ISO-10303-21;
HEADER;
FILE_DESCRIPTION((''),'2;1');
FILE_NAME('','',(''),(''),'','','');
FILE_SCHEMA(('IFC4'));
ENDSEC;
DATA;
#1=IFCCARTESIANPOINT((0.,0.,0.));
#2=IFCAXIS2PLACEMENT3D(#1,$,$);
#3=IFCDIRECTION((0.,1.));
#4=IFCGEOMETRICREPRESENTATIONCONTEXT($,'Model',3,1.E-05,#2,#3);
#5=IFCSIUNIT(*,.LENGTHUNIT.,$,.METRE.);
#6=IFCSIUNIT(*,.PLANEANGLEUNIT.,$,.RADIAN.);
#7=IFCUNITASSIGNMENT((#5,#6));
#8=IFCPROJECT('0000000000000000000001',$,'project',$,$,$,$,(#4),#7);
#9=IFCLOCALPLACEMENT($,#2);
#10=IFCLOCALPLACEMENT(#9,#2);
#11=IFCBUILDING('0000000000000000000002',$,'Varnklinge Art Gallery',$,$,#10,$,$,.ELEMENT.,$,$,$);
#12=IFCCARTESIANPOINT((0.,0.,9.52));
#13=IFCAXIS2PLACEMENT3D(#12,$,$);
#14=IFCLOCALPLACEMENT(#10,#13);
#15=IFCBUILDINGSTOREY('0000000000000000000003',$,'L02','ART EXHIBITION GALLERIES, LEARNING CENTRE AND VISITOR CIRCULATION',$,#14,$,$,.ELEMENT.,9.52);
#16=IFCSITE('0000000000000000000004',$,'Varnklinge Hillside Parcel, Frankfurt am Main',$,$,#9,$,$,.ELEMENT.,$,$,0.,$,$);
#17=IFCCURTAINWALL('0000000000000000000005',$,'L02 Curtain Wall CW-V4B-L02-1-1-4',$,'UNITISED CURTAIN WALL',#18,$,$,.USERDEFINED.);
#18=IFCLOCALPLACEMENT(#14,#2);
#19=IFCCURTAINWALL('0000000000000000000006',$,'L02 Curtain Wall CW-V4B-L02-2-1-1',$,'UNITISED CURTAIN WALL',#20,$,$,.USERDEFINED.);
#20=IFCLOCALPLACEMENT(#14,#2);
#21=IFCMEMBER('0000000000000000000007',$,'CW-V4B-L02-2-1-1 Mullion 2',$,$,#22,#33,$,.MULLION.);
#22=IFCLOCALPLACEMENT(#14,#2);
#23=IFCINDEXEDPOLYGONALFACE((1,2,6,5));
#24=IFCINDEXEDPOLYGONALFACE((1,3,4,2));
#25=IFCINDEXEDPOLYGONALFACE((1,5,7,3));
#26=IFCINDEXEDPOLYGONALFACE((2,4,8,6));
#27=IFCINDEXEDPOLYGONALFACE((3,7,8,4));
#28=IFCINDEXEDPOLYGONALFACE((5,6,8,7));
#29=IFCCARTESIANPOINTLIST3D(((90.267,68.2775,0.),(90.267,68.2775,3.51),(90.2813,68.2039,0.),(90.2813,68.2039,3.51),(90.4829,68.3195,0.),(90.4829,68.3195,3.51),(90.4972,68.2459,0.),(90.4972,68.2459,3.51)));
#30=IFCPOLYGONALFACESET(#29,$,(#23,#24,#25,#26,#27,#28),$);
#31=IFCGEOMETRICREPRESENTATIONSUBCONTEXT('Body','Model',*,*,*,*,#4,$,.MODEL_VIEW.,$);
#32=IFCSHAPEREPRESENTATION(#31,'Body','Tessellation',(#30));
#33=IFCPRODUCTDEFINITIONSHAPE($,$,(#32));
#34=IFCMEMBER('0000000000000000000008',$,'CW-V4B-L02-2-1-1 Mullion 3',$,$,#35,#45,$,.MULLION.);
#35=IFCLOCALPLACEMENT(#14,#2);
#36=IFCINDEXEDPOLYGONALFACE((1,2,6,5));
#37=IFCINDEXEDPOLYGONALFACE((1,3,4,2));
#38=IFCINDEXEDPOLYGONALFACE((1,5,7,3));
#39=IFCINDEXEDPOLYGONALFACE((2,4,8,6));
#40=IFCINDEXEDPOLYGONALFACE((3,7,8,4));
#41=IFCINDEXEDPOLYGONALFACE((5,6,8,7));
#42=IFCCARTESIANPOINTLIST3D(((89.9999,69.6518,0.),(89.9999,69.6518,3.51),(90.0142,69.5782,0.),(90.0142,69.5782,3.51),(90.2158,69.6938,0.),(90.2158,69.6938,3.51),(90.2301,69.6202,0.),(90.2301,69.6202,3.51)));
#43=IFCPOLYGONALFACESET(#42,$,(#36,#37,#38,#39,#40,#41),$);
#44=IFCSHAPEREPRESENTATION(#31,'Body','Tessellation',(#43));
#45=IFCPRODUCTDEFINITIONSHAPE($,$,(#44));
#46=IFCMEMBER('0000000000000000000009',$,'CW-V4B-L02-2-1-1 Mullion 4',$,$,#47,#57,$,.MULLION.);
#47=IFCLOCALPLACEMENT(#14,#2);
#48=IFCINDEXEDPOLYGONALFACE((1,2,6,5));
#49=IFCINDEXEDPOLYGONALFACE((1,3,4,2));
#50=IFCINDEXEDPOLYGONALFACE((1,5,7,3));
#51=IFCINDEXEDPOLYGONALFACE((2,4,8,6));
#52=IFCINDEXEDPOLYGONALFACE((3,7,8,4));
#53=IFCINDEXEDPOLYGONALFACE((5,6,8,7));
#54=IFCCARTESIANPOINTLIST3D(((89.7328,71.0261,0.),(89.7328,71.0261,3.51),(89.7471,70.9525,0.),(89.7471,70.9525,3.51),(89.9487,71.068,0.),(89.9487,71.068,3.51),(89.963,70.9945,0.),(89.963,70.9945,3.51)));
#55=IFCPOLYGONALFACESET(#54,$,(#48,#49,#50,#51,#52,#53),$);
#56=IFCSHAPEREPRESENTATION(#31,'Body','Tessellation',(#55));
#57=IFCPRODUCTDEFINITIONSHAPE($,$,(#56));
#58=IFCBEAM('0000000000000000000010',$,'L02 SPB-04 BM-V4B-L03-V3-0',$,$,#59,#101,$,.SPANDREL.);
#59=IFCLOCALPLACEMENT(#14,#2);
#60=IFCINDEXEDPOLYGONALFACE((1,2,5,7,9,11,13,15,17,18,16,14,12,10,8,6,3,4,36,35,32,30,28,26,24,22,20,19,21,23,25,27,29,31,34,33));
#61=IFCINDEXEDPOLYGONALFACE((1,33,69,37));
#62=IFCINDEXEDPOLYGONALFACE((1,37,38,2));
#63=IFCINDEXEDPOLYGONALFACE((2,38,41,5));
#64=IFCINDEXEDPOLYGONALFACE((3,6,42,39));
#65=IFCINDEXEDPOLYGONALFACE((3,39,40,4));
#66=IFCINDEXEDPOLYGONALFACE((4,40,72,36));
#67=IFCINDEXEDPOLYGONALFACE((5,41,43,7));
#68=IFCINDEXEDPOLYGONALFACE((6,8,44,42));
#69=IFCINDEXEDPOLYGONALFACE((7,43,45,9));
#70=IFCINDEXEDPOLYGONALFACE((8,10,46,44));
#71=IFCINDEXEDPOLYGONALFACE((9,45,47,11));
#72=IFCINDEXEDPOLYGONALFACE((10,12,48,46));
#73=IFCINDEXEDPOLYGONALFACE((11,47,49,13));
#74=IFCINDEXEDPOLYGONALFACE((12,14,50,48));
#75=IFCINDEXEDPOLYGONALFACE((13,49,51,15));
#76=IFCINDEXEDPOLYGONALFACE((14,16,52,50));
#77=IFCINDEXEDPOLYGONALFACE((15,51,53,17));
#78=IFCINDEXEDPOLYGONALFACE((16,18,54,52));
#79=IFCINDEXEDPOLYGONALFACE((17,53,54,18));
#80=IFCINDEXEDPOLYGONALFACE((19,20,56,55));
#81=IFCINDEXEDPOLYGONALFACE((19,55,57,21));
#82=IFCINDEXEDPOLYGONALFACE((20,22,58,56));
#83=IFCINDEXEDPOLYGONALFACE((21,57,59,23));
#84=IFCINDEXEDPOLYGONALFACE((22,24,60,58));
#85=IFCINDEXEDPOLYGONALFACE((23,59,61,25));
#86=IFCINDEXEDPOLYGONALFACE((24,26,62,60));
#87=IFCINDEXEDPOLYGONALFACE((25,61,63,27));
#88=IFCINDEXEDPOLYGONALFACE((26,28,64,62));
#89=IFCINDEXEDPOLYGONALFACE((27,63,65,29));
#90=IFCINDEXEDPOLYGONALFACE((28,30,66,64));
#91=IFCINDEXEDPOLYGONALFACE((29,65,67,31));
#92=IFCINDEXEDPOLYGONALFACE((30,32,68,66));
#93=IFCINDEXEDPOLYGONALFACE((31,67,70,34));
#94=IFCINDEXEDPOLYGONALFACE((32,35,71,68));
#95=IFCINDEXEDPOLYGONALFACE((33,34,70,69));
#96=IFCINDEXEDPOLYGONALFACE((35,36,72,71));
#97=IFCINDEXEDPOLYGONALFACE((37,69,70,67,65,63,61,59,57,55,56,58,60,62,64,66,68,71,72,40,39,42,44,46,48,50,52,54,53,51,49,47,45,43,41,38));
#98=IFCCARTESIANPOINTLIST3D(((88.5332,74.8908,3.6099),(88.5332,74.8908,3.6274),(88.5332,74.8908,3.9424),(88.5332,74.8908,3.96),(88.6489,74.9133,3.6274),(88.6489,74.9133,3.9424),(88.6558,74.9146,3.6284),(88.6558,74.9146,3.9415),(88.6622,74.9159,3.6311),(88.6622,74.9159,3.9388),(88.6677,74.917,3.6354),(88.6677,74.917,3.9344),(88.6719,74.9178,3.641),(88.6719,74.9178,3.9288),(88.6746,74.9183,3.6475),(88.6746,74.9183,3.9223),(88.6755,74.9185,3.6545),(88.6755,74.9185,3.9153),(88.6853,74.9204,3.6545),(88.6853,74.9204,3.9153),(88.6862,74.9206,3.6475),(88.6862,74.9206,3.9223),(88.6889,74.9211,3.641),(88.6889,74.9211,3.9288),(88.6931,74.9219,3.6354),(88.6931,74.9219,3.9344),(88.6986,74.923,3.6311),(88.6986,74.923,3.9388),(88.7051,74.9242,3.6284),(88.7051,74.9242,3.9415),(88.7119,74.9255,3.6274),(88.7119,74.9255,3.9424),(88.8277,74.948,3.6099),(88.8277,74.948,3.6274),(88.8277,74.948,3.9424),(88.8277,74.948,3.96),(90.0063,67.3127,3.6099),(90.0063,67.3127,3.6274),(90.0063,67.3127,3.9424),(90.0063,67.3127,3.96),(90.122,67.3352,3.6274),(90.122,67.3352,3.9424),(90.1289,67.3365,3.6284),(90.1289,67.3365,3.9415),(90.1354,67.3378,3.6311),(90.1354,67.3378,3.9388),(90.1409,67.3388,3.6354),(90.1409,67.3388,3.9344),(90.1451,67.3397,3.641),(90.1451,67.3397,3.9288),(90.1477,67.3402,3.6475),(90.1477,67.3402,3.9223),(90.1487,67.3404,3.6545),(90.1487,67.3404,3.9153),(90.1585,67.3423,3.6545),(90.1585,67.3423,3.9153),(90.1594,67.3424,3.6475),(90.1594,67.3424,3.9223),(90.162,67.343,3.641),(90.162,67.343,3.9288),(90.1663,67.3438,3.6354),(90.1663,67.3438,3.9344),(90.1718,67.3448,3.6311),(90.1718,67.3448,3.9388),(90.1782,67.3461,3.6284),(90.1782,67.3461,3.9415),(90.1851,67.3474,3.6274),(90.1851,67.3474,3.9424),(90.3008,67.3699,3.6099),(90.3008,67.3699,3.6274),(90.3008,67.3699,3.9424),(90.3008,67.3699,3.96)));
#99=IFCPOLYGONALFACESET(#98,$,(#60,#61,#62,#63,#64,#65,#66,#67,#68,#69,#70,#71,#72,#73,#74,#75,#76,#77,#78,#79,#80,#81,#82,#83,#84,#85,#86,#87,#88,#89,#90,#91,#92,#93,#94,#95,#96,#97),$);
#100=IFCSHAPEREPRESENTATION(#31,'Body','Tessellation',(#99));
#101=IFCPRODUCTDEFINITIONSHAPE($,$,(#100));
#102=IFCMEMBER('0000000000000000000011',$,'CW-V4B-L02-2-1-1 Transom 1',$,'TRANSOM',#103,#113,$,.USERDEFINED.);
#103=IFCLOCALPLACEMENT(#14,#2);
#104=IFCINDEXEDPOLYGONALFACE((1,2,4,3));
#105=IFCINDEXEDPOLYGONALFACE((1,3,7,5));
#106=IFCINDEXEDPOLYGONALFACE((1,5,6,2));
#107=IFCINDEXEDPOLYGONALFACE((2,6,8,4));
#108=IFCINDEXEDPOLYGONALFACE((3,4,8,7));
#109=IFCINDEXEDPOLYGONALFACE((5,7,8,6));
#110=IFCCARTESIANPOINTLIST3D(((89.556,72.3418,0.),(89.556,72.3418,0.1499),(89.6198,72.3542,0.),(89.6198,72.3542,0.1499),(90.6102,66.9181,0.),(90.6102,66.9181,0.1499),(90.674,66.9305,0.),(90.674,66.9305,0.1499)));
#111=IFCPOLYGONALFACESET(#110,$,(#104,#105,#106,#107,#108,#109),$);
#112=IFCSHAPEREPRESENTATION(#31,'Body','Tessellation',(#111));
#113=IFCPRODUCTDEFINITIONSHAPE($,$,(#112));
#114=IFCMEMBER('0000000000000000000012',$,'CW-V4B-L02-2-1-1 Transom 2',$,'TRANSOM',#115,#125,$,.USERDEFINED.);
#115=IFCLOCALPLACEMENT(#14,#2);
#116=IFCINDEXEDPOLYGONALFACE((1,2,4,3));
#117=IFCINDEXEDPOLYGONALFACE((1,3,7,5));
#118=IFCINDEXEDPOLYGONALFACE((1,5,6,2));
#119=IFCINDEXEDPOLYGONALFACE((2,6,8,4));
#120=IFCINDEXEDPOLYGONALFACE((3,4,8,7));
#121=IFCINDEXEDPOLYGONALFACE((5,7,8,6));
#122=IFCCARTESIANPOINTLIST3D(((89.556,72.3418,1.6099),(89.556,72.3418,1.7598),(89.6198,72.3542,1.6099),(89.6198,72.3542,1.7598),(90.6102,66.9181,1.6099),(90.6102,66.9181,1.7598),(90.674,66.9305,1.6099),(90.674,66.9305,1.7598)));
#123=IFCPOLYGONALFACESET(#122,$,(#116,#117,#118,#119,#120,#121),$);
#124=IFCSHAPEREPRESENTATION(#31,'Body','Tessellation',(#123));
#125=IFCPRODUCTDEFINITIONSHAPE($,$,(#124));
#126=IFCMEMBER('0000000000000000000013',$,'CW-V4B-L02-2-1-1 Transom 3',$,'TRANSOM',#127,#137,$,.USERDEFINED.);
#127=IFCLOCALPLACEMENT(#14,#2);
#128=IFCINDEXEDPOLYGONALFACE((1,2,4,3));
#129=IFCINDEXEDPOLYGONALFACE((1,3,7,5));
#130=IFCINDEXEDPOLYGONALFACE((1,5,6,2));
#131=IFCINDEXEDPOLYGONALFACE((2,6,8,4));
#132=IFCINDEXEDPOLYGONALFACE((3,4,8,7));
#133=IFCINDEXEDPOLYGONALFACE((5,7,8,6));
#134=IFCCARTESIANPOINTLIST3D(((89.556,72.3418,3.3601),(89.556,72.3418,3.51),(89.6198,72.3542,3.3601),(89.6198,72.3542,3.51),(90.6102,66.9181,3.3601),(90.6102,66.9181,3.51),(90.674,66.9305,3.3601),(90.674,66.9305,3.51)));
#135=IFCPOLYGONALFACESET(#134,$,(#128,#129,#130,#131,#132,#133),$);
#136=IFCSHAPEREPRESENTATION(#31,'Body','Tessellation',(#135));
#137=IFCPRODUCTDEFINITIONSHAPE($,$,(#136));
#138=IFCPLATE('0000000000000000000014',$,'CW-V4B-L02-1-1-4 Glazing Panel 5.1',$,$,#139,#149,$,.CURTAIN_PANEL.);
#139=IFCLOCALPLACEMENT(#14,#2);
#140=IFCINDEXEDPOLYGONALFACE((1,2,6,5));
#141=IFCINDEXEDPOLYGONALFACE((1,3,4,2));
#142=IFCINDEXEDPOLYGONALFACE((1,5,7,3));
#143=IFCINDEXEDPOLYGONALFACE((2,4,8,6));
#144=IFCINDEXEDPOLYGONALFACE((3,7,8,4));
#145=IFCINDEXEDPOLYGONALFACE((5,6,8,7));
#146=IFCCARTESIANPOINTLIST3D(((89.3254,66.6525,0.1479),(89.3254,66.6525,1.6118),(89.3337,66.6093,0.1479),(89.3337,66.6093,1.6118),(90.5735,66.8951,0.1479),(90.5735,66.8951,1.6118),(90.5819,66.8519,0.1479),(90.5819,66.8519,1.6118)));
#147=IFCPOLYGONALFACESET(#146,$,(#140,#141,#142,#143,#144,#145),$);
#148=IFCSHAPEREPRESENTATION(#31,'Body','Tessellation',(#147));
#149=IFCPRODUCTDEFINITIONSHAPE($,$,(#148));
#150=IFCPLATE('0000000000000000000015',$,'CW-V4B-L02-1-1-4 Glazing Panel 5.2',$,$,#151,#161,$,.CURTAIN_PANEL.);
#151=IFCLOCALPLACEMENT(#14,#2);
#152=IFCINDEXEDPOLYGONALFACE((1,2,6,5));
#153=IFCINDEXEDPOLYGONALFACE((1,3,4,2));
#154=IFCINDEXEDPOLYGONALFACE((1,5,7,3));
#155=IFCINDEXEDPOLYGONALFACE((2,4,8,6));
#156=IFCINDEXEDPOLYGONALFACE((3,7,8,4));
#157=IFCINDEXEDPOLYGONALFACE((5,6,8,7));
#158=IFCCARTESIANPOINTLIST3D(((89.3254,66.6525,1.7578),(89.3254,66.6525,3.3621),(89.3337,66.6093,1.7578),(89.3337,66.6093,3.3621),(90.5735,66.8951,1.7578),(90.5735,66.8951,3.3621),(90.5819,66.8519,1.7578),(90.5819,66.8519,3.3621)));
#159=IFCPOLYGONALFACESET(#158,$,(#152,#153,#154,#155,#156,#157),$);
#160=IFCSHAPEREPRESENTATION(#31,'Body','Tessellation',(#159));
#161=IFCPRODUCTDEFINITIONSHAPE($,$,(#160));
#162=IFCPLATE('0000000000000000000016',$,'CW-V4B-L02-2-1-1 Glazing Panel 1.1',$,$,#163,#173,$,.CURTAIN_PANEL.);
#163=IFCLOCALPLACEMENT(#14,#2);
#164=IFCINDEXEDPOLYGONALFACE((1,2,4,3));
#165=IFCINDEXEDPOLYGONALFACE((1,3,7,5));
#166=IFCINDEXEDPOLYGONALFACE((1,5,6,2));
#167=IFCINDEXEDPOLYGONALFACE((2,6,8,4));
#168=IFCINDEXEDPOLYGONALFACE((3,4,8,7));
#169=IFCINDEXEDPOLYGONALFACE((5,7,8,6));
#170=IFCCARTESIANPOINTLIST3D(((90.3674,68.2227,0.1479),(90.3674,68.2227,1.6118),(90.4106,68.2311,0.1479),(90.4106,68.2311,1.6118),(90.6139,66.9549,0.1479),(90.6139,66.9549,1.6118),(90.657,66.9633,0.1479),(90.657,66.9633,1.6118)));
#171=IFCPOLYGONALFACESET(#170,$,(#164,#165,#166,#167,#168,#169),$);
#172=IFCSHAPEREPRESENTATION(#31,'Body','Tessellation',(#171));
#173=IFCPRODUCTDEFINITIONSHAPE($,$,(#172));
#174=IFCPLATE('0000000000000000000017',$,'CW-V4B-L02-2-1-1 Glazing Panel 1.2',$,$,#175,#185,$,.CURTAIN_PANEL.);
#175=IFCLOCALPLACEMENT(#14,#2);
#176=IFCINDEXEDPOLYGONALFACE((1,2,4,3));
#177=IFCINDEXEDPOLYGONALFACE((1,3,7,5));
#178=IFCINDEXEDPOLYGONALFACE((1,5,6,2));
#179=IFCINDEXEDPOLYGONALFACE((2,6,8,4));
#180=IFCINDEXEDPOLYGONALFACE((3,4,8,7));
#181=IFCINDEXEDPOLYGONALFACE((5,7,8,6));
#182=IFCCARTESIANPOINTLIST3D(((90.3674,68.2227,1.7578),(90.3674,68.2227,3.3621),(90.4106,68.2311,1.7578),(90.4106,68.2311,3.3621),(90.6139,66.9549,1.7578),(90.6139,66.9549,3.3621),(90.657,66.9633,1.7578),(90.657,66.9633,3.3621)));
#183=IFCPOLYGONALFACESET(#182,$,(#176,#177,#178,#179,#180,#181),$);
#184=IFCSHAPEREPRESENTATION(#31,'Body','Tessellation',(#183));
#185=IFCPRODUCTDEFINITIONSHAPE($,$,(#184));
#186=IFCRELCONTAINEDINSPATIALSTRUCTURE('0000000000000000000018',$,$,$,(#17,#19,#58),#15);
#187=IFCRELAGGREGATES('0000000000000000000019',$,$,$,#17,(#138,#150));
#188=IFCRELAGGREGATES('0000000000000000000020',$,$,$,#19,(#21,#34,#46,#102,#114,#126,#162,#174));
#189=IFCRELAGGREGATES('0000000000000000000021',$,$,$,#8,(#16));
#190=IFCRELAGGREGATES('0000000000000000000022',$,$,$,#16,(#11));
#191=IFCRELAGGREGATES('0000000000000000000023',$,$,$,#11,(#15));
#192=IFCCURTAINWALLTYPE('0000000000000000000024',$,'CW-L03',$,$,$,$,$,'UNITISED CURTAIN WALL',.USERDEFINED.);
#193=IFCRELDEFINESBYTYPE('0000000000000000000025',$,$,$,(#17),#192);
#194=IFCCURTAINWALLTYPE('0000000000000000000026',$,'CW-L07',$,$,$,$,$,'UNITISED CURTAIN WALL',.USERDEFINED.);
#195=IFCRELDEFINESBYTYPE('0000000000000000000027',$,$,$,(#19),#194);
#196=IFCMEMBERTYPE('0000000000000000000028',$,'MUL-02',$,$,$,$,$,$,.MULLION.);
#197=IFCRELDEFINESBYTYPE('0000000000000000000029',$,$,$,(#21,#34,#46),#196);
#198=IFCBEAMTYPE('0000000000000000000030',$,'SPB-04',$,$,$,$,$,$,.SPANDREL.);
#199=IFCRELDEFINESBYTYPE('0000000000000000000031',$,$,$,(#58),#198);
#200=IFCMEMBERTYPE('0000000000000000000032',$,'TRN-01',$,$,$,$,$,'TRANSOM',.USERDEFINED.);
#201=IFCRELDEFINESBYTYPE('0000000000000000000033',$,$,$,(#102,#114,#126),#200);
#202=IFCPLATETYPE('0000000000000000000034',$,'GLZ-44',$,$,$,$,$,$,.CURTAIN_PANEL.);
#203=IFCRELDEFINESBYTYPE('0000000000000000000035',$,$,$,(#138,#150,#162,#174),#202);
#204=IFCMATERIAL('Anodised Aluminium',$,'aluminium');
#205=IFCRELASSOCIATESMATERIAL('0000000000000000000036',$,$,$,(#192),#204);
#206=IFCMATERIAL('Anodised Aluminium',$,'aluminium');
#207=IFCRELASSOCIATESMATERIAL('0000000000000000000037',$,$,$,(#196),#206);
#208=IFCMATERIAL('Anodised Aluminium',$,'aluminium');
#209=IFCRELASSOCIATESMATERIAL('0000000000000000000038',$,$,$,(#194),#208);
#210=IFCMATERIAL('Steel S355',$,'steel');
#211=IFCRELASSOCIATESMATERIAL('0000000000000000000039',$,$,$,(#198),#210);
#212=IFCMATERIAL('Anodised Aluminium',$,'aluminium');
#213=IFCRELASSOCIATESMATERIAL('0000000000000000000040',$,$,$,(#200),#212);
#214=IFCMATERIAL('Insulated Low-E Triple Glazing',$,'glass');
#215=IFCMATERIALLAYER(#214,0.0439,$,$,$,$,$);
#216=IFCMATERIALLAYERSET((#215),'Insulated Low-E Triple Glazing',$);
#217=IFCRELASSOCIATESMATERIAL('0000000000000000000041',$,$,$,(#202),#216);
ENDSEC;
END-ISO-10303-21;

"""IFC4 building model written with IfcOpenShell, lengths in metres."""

from ifc_helpers import new_model, si_unit, direction, frame, origin, origin_2d, place, context, subcontext, project, spatial, rectangle, i_section, extrude, material, layer, layer_set, material_profile, profile_set, type_object, element, aggregate, save


model = new_model("IFC4")

# Units and contexts
model_context = context("Model", 3, precision=1e-05, world=origin(), true_north=direction((0.0, 1.0)))
body_context = subcontext(model_context, "Body", "Model", "MODEL_VIEW")
ifc_project = project(units=[si_unit("LENGTHUNIT", "METRE"), si_unit("PLANEANGLEUNIT", "RADIAN")], contexts=[model_context])

# Site, building, storey
site_placement = place(None, origin())
site = spatial("IfcSite", under=ifc_project, at=site_placement, Name="Varnklinge Hillside Parcel, Frankfurt am Main", CompositionType="ELEMENT", RefElevation=0.0)
building_placement = place(site_placement, origin())
building = spatial("IfcBuilding", under=site, at=building_placement, Name="Varnklinge Art Gallery", CompositionType="ELEMENT")
storey_placement = place(building_placement, frame((0.0, 0.0, 9.52)))
storey = spatial("IfcBuildingStorey", under=building, at=storey_placement, Name="L02", Description="ART EXHIBITION GALLERIES, LEARNING CENTRE AND VISITOR CIRCULATION", CompositionType="ELEMENT", Elevation=9.52)

# Curtain walls, members
ifc_material_1 = material(Name="Anodised Aluminium", Category="aluminium")
curtain_wall_type_1 = type_object("IfcCurtainWallType", Name="CW-L03", ElementType="UNITISED CURTAIN WALL", PredefinedType="USERDEFINED", material=ifc_material_1)
curtain_wall_1_placement = place(storey_placement, origin())
curtain_wall_1 = element("IfcCurtainWall", 1, at=curtain_wall_1_placement, inside=storey, type_object=curtain_wall_type_1, Name="L02 Curtain Wall CW-V4B-L02-1-1-4", ObjectType="UNITISED CURTAIN WALL", PredefinedType="USERDEFINED")
ifc_material_2 = material(Name="Anodised Aluminium", Category="aluminium")
ifc_material_profile_1 = material_profile(ifc_material_2, rectangle(XDim=0.075, YDim=0.22, at=origin_2d()), Name="ALU 75x220")
ifc_profile_set_1 = profile_set([ifc_material_profile_1], Name="Anodised Aluminium")
member_type_1 = type_object("IfcMemberType", Name="MUL-02", PredefinedType="MULLION", material=ifc_profile_set_1)
ifc_material_3 = material(Name="Anodised Aluminium", Category="aluminium")
curtain_wall_type_2 = type_object("IfcCurtainWallType", Name="CW-L07", ElementType="UNITISED CURTAIN WALL", PredefinedType="USERDEFINED", material=ifc_material_3)
curtain_wall_2_placement = place(storey_placement, origin())
curtain_wall_2 = element("IfcCurtainWall", 2, at=curtain_wall_2_placement, inside=storey, type_object=curtain_wall_type_2, Name="L02 Curtain Wall CW-V4B-L02-2-1-1", ObjectType="UNITISED CURTAIN WALL", PredefinedType="USERDEFINED")
member_1_placement = place(storey_placement, frame((90.3821, 68.2617, 0.0), z_axis=(0.0, 0.0, 1.0), x_axis=(-0.190809, 0.981627, 0.0)))
member_1 = element("IfcMember", 3, at=member_1_placement, type_object=member_type_1, Name="CW-V4B-L02-2-1-1 Mullion 2", PredefinedType="MULLION", context=body_context, shape_type="SweptSolid", body=[
    extrude(rectangle(XDim=0.075, YDim=0.22, at=origin_2d()), origin(), (0.0, 0.0, 1.0), 3.51),
])
member_2_placement = place(storey_placement, frame((90.115, 69.636, 0.0), z_axis=(0.0, 0.0, 1.0), x_axis=(-0.190809, 0.981627, 0.0)))
member_2 = element("IfcMember", 4, at=member_2_placement, type_object=member_type_1, Name="CW-V4B-L02-2-1-1 Mullion 3", PredefinedType="MULLION", context=body_context, shape_type="SweptSolid", body=[
    extrude(rectangle(XDim=0.075, YDim=0.22, at=origin_2d()), origin(), (0.0, 0.0, 1.0), 3.51),
])
member_3_placement = place(storey_placement, frame((89.8479, 71.0103, 0.0), z_axis=(0.0, 0.0, 1.0), x_axis=(-0.190809, 0.981627, 0.0)))
member_3 = element("IfcMember", 5, at=member_3_placement, type_object=member_type_1, Name="CW-V4B-L02-2-1-1 Mullion 4", PredefinedType="MULLION", context=body_context, shape_type="SweptSolid", body=[
    extrude(rectangle(XDim=0.075, YDim=0.22, at=origin_2d()), origin(), (0.0, 0.0, 1.0), 3.51),
])

# Beam
ifc_material_4 = material(Name="Steel S355", Category="steel")
ifc_material_profile_2 = material_profile(ifc_material_4, i_section(OverallWidth=0.3, OverallDepth=0.3501, WebThickness=0.01, FlangeThickness=0.0176, FilletRadius=0.0271, at=origin_2d()), Name="HEA 360")
ifc_profile_set_2 = profile_set([ifc_material_profile_2], Name="Steel S355")
beam_type_1 = type_object("IfcBeamType", Name="SPB-04", PredefinedType="SPANDREL", material=ifc_profile_set_2)
beam_1_placement = place(storey_placement, frame((90.1536, 67.3413, 3.7849), z_axis=(-0.190822, 0.981625, 0.0), x_axis=(-0.981625, -0.190822, 0.0)))
element("IfcBeam", 6, at=beam_1_placement, inside=storey, type_object=beam_type_1, Name="L02 SPB-04 BM-V4B-L03-V3-0", PredefinedType="SPANDREL", context=body_context, shape_type="SweptSolid", body=[
    extrude(i_section(OverallWidth=0.3, OverallDepth=0.3501, WebThickness=0.01, FlangeThickness=0.0176, FilletRadius=0.0271, at=origin_2d()), origin(), (0.0, 0.0, 1.0), 7.72),
])

# Members
ifc_material_5 = material(Name="Anodised Aluminium", Category="aluminium")
ifc_material_profile_3 = material_profile(ifc_material_5, rectangle(XDim=0.0649, YDim=0.1499, at=origin_2d()), Name="ALU 65x150")
ifc_profile_set_3 = profile_set([ifc_material_profile_3], Name="Anodised Aluminium")
member_type_2 = type_object("IfcMemberType", Name="TRN-01", ElementType="TRANSOM", PredefinedType="USERDEFINED", material=ifc_profile_set_3)
member_4_placement = place(storey_placement, frame((90.6421, 66.9243, 0.075), z_axis=(-0.190802, 0.981628, 0.0), x_axis=(-0.981628, -0.190802, 0.0)))
member_4 = element("IfcMember", 7, at=member_4_placement, type_object=member_type_2, Name="CW-V4B-L02-2-1-1 Transom 1", ObjectType="TRANSOM", PredefinedType="USERDEFINED", context=body_context, shape_type="SweptSolid", body=[
    extrude(rectangle(XDim=0.0649, YDim=0.1499, at=origin_2d()), origin(), (0.0, 0.0, 1.0), 5.5251),
])
member_5_placement = place(storey_placement, frame((90.6421, 66.9243, 1.6848), z_axis=(-0.190802, 0.981628, 0.0), x_axis=(-0.981628, -0.190802, 0.0)))
member_5 = element("IfcMember", 8, at=member_5_placement, type_object=member_type_2, Name="CW-V4B-L02-2-1-1 Transom 2", ObjectType="TRANSOM", PredefinedType="USERDEFINED", context=body_context, shape_type="SweptSolid", body=[
    extrude(rectangle(XDim=0.0649, YDim=0.1499, at=origin_2d()), origin(), (0.0, 0.0, 1.0), 5.5251),
])
member_6_placement = place(storey_placement, frame((90.6421, 66.9243, 3.4351), z_axis=(-0.190802, 0.981628, 0.0), x_axis=(-0.981628, -0.190802, 0.0)))
member_6 = element("IfcMember", 9, at=member_6_placement, type_object=member_type_2, Name="CW-V4B-L02-2-1-1 Transom 3", ObjectType="TRANSOM", PredefinedType="USERDEFINED", context=body_context, shape_type="SweptSolid", body=[
    extrude(rectangle(XDim=0.0649, YDim=0.1499, at=origin_2d()), origin(), (0.0, 0.0, 1.0), 5.5251),
])

# Plates
ifc_material_6 = material(Name="Insulated Low-E Triple Glazing", Category="glass")
ifc_layer_1 = layer(ifc_material_6, 0.0439)
ifc_layer_set_1 = layer_set([ifc_layer_1], Name="Insulated Low-E Triple Glazing")
plate_type = type_object("IfcPlateType", Name="GLZ-44", PredefinedType="CURTAIN_PANEL", material=ifc_layer_set_1)
plate_1_placement = place(storey_placement, frame((89.9536, 66.7522, 0.1479), z_axis=(0.0, 0.0, 1.0), x_axis=(0.981627, 0.190809, 0.0)))
plate_1 = element("IfcPlate", 10, at=plate_1_placement, type_object=plate_type, Name="CW-V4B-L02-1-1-4 Glazing Panel 5.1", PredefinedType="CURTAIN_PANEL", context=body_context, shape_type="SweptSolid", body=[
    extrude(rectangle(XDim=1.2715, YDim=0.0439, at=origin_2d()), origin(), (0.0, 0.0, 1.0), 1.4639),
])
plate_2_placement = place(storey_placement, frame((89.9536, 66.7522, 1.7578), z_axis=(0.0, 0.0, 1.0), x_axis=(0.981627, 0.190809, 0.0)))
plate_2 = element("IfcPlate", 11, at=plate_2_placement, type_object=plate_type, Name="CW-V4B-L02-1-1-4 Glazing Panel 5.2", PredefinedType="CURTAIN_PANEL", context=body_context, shape_type="SweptSolid", body=[
    extrude(rectangle(XDim=1.2715, YDim=0.0439, at=origin_2d()), origin(), (0.0, 0.0, 1.0), 1.6042),
])
aggregate(curtain_wall_1, [plate_1, plate_2])
plate_3_placement = place(storey_placement, frame((90.5122, 67.593, 0.1479), z_axis=(0.0, 0.0, 1.0), x_axis=(-0.190809, 0.981627, 0.0)))
plate_3 = element("IfcPlate", 12, at=plate_3_placement, type_object=plate_type, Name="CW-V4B-L02-2-1-1 Glazing Panel 1.1", PredefinedType="CURTAIN_PANEL", context=body_context, shape_type="SweptSolid", body=[
    extrude(rectangle(XDim=1.2915, YDim=0.0439, at=origin_2d()), origin(), (0.0, 0.0, 1.0), 1.4639),
])
plate_4_placement = place(storey_placement, frame((90.5122, 67.593, 1.7578), z_axis=(0.0, 0.0, 1.0), x_axis=(-0.190809, 0.981627, 0.0)))
plate_4 = element("IfcPlate", 13, at=plate_4_placement, type_object=plate_type, Name="CW-V4B-L02-2-1-1 Glazing Panel 1.2", PredefinedType="CURTAIN_PANEL", context=body_context, shape_type="SweptSolid", body=[
    extrude(rectangle(XDim=1.2915, YDim=0.0439, at=origin_2d()), origin(), (0.0, 0.0, 1.0), 1.6042),
])
aggregate(curtain_wall_2, [member_1, member_2, member_3, member_4, member_5, member_6, plate_3, plate_4])

save(model, "model.ifc")
